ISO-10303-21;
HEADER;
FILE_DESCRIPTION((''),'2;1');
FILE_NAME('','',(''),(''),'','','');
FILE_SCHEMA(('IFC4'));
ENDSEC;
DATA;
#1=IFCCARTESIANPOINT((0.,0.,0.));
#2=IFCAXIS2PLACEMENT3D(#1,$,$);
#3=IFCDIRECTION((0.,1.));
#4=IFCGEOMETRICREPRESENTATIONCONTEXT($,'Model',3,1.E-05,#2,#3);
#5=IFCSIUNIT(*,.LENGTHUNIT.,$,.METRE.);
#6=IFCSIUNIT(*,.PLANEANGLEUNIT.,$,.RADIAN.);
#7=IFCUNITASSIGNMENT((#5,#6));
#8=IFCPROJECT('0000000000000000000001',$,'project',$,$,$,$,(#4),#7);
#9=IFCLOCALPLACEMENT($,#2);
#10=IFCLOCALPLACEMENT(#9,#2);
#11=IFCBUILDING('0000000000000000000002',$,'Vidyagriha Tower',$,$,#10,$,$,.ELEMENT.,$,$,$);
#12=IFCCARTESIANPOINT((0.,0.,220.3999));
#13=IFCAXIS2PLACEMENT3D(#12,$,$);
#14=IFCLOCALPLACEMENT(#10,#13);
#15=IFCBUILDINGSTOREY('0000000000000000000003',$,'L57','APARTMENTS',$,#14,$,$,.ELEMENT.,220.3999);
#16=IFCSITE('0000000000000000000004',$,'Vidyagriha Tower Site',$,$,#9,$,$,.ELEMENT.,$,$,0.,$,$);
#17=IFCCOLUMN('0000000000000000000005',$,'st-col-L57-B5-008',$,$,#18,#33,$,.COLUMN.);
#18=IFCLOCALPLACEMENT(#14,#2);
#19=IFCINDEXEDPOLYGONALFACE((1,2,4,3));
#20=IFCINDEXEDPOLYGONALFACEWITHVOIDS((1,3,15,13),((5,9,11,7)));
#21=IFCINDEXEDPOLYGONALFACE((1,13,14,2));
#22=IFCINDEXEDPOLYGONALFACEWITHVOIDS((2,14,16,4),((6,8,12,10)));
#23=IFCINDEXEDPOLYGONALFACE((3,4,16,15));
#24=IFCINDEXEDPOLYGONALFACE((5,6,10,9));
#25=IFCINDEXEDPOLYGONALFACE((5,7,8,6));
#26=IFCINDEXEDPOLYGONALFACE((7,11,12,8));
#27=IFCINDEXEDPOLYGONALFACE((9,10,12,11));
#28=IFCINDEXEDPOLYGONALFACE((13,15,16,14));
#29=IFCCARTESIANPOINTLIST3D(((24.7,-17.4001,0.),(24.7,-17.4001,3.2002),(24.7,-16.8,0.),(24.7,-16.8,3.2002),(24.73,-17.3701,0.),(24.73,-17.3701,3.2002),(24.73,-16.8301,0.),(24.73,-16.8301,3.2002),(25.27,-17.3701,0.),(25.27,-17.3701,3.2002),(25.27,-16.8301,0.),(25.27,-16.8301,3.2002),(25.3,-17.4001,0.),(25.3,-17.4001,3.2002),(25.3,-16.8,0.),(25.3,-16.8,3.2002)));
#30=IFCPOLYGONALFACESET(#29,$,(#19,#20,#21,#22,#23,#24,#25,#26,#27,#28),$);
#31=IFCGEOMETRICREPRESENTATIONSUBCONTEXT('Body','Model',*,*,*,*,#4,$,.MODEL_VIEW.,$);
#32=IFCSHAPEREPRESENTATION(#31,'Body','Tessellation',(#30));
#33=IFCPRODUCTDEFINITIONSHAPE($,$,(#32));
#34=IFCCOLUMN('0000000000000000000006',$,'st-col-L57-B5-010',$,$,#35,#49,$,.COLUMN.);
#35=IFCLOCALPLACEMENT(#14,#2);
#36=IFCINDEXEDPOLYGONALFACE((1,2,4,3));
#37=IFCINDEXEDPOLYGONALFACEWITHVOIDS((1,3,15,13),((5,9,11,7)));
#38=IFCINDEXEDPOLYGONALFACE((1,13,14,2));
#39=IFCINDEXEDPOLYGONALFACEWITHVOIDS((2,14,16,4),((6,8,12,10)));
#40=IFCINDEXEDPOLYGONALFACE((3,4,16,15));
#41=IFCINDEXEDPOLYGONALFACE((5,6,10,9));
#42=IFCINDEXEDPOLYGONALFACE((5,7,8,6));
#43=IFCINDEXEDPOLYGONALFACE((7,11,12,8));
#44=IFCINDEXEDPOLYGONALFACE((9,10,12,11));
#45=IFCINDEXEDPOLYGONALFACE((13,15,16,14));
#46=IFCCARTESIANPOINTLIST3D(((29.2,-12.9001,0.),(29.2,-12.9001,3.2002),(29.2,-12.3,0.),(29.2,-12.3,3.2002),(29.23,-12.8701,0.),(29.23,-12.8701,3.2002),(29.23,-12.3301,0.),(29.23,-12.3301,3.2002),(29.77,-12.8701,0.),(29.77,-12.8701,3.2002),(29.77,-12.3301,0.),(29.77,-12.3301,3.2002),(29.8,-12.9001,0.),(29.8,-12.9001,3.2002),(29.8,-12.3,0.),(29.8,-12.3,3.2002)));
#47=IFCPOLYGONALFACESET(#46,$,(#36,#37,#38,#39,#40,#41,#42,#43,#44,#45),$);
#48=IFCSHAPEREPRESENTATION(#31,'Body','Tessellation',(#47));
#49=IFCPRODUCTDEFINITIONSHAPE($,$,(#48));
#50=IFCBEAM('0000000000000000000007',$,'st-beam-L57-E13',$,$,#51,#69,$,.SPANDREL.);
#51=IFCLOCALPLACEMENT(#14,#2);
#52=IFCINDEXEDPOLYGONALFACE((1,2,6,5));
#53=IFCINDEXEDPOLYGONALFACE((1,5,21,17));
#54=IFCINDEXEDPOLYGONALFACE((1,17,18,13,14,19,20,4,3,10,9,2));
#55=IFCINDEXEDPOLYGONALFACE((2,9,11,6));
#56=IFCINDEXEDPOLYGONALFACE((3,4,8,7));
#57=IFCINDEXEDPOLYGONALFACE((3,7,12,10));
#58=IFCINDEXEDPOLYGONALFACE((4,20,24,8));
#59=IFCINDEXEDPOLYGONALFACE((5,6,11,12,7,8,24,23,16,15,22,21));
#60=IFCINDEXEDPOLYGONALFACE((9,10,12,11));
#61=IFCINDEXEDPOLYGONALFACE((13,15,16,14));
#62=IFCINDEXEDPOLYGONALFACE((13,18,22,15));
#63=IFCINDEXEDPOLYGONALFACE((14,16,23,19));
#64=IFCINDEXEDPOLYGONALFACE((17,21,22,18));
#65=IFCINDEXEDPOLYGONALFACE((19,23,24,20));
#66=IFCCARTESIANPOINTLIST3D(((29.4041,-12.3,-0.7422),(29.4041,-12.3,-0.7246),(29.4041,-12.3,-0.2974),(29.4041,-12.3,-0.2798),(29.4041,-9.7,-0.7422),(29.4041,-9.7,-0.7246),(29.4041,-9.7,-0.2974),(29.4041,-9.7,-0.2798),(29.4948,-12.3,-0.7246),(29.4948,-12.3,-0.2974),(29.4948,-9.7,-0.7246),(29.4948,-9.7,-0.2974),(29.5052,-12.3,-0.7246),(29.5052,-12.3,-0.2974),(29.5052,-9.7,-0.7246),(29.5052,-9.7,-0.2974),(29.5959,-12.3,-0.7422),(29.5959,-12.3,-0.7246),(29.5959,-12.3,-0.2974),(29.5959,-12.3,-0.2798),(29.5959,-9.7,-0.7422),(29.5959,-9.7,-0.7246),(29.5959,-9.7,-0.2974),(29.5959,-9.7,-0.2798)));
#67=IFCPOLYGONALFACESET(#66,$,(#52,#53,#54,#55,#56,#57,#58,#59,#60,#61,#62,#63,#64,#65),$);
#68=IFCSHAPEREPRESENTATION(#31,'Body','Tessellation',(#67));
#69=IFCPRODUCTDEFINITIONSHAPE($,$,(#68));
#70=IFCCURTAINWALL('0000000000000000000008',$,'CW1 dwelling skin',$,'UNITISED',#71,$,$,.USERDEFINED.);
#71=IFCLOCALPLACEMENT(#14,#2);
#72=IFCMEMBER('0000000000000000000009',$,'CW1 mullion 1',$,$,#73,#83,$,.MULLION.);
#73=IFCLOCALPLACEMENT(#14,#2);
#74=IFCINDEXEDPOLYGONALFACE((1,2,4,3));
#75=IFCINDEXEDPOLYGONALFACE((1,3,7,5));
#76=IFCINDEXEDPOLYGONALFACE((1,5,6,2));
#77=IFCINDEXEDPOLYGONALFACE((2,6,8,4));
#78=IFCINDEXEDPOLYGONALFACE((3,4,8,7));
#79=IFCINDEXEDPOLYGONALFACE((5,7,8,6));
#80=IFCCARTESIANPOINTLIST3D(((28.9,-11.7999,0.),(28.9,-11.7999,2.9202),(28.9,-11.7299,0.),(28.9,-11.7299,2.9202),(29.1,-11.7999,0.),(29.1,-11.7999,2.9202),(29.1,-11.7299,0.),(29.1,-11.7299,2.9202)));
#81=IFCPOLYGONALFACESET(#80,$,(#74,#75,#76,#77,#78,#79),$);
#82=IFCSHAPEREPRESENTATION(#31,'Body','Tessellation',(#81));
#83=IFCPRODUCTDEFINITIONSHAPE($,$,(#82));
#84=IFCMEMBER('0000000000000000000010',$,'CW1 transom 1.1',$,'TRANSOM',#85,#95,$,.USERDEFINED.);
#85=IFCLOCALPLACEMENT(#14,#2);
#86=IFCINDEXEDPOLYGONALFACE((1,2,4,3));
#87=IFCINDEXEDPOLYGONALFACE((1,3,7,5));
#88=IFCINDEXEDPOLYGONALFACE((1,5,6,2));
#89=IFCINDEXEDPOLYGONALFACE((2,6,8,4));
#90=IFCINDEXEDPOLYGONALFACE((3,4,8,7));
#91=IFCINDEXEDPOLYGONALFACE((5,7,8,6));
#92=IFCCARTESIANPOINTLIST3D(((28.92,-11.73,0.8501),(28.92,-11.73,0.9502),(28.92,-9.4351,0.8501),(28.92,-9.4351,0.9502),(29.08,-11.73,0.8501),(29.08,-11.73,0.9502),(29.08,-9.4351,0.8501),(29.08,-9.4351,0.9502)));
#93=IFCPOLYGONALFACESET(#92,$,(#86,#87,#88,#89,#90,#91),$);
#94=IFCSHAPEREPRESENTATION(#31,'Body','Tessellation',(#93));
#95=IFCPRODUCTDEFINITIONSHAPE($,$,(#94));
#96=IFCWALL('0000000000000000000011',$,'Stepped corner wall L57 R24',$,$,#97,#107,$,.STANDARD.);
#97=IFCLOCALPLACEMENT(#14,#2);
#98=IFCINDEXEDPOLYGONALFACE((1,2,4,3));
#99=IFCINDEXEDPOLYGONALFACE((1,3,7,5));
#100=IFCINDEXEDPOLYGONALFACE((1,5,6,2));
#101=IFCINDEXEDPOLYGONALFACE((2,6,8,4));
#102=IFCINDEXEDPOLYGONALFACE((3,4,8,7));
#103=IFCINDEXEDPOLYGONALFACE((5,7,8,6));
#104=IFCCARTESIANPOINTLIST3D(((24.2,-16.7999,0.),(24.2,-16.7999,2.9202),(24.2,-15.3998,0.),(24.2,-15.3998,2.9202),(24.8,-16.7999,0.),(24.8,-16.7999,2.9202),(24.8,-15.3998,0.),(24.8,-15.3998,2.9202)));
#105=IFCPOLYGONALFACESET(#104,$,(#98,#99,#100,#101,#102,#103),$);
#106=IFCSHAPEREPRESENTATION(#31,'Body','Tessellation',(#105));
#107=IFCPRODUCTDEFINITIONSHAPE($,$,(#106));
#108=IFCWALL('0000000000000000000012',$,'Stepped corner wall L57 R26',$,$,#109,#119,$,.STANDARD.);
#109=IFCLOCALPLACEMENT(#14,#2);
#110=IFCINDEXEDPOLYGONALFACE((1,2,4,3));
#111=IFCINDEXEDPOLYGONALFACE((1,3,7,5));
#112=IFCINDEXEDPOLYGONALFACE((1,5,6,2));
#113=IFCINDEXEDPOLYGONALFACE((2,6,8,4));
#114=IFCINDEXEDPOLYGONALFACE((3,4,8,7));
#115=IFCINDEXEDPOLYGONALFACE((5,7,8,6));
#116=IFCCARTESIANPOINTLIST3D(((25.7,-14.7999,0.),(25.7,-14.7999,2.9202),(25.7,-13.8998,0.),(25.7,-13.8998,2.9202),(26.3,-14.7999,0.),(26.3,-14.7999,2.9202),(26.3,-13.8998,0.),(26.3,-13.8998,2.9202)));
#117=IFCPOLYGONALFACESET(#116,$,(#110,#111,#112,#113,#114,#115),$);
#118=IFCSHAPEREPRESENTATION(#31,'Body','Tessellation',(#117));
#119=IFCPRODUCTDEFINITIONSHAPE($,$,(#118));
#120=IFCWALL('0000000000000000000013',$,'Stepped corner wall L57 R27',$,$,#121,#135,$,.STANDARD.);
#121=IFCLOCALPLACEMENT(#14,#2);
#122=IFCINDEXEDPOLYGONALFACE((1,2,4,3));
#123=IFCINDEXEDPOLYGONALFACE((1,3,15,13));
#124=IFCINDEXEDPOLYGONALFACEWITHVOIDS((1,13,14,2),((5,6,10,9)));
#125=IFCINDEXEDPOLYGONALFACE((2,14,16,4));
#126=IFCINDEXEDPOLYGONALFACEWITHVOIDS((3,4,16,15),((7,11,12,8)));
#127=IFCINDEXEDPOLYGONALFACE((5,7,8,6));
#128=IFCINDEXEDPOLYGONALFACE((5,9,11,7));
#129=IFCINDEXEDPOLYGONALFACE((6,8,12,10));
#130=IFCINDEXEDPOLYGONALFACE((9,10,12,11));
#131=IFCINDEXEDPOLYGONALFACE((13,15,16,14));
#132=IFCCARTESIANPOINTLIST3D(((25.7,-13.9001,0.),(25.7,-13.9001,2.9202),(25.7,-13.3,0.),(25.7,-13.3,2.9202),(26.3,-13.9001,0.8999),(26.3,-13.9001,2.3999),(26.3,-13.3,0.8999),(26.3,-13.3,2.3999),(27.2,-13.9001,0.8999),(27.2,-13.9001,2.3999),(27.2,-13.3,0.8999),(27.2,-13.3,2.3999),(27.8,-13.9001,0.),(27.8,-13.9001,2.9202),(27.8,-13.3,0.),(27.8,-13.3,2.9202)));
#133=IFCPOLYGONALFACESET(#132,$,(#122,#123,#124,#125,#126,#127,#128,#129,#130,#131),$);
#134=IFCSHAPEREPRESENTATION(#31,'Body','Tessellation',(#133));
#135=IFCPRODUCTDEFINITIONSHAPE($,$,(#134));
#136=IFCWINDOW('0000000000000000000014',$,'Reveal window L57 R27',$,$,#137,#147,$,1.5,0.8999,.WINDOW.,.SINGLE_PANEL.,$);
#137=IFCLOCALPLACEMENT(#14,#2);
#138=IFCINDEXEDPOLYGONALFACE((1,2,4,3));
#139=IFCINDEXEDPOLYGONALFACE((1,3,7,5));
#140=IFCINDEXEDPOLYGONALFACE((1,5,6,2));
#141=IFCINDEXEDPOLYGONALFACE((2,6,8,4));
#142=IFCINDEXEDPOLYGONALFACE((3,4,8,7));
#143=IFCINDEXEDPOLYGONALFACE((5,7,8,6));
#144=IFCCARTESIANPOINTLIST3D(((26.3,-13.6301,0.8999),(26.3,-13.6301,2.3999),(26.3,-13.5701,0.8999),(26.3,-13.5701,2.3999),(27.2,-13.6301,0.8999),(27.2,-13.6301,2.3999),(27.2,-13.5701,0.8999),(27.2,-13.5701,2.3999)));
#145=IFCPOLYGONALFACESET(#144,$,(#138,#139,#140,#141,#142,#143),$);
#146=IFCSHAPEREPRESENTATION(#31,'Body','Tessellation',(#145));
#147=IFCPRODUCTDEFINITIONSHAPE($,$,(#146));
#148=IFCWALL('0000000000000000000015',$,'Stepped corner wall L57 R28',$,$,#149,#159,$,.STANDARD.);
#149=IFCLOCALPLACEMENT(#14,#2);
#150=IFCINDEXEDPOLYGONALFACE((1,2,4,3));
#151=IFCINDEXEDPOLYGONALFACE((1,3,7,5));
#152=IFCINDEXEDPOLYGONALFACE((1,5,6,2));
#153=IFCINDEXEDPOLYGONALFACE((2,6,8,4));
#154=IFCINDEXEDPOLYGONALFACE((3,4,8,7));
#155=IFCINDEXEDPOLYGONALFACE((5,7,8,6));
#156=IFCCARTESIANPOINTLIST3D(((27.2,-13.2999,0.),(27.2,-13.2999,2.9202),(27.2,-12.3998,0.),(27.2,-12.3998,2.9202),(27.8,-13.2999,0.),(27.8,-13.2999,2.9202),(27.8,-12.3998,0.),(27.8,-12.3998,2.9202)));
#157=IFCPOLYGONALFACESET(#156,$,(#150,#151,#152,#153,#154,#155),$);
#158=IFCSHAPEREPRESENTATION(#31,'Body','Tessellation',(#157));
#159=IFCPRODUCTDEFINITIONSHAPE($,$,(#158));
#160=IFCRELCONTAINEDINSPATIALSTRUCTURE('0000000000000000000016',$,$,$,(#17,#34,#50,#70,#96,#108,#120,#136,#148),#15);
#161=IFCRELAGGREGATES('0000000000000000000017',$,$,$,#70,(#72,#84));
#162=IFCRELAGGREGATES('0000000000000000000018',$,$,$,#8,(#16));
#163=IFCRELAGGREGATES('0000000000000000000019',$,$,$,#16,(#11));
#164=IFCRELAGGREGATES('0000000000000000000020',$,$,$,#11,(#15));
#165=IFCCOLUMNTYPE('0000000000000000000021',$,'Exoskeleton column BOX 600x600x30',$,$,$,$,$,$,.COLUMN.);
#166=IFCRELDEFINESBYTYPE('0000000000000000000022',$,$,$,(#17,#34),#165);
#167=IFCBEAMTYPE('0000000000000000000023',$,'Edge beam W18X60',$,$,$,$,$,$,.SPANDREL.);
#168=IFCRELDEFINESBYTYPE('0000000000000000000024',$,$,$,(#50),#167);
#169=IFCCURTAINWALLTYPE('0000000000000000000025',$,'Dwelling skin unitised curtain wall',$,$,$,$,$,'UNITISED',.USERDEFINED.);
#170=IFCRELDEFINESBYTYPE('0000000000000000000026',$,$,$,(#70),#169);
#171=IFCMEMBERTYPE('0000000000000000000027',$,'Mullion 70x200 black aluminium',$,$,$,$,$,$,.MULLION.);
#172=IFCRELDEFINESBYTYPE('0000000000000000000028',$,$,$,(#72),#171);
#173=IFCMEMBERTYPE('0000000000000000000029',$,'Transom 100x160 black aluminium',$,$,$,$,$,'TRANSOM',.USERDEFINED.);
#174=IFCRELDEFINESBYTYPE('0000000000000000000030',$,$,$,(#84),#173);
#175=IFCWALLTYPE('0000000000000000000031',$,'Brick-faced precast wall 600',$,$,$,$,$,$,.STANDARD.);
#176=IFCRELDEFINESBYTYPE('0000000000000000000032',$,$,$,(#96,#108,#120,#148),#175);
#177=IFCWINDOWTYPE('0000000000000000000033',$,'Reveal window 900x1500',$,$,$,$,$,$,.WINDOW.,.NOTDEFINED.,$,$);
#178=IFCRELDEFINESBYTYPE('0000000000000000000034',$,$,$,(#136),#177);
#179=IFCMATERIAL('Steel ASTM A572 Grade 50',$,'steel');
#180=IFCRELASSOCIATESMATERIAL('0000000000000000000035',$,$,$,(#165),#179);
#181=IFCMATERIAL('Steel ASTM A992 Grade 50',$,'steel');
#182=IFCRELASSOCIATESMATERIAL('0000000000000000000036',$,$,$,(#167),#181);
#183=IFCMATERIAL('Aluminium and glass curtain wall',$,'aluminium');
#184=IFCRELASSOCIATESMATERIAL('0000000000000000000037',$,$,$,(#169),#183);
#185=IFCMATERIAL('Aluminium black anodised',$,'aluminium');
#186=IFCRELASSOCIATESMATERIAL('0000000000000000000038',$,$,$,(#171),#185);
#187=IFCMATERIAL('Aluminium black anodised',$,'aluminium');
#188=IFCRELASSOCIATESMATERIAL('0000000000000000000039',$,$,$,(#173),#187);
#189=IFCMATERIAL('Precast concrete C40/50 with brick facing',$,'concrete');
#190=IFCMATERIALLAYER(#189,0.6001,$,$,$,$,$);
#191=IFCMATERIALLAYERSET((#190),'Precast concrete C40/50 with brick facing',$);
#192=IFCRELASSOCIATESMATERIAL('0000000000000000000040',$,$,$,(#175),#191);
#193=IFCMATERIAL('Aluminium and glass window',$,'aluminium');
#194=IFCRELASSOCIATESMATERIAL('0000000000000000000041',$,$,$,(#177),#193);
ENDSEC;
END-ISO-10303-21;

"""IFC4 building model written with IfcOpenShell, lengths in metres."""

from ifc_helpers import new_model, si_unit, direction, frame, frame_2d, origin, origin_2d, place, context, subcontext, project, spatial, rectangle, hollow_rectangle, i_section, extrude, material, layer, layer_set, material_profile, profile_set, type_object, element, fill, aggregate, save


model = new_model("IFC4")

# Units and contexts
model_context = context("Model", 3, precision=1e-05, world=origin(), true_north=direction((0.0, 1.0)))
body_context = subcontext(model_context, "Body", "Model", "MODEL_VIEW")
ifc_project = project(units=[si_unit("LENGTHUNIT", "METRE"), si_unit("PLANEANGLEUNIT", "RADIAN")], contexts=[model_context])

# Site, building, storey
site_placement = place(None, origin())
site = spatial("IfcSite", under=ifc_project, at=site_placement, Name="Vidyagriha Tower Site", CompositionType="ELEMENT", RefElevation=0.0)
building_placement = place(site_placement, origin())
building = spatial("IfcBuilding", under=site, at=building_placement, Name="Vidyagriha Tower", CompositionType="ELEMENT")
storey_placement = place(building_placement, frame((0.0, 0.0, 220.3999)))
storey = spatial("IfcBuildingStorey", under=building, at=storey_placement, Name="L57", Description="APARTMENTS", CompositionType="ELEMENT", Elevation=220.3999)

# Columns
ifc_material_1 = material(Name="Steel ASTM A572 Grade 50", Category="steel")
ifc_material_profile_1 = material_profile(ifc_material_1, hollow_rectangle(XDim=0.6001, YDim=0.6001, WallThickness=0.03, at=origin_2d()), Name="BOX 600x600x30")
ifc_profile_set_1 = profile_set([ifc_material_profile_1], Name="Steel ASTM A572 Grade 50")
column_type = type_object("IfcColumnType", Name="Exoskeleton column BOX 600x600x30", PredefinedType="COLUMN", material=ifc_profile_set_1)
for number, where, name in (
    (1, (25.0, -17.1001, 0.0), "st-col-L57-B5-008"),
    (2, (29.5, -12.6001, 0.0), "st-col-L57-B5-010"),
):
    element("IfcColumn", number, at=place(storey_placement, frame(where)), inside=storey, type_object=column_type, Name=name, PredefinedType="COLUMN", context=body_context, shape_type="SweptSolid", body=[
        extrude(hollow_rectangle(XDim=0.6001, YDim=0.6001, WallThickness=0.03, at=origin_2d()), origin(), (0.0, 0.0, 1.0), 3.2002),
    ])

# Beam
ifc_material_2 = material(Name="Steel ASTM A992 Grade 50", Category="steel")
ifc_material_profile_2 = material_profile(ifc_material_2, i_section(OverallWidth=0.1919, OverallDepth=0.4624, WebThickness=0.0105, FlangeThickness=0.0176, at=origin_2d()), Name="W18X60")
ifc_profile_set_2 = profile_set([ifc_material_profile_2], Name="Steel ASTM A992 Grade 50")
beam_type = type_object("IfcBeamType", Name="Edge beam W18X60", PredefinedType="SPANDREL", material=ifc_profile_set_2)
beam_placement = place(storey_placement, frame((29.5, -12.3, -0.511), z_axis=(0.0, 1.0, 0.0), x_axis=(-1.0, 0.0, 0.0)))
element("IfcBeam", 3, at=beam_placement, inside=storey, type_object=beam_type, Name="st-beam-L57-E13", PredefinedType="SPANDREL", context=body_context, shape_type="SweptSolid", body=[
    extrude(i_section(OverallWidth=0.1919, OverallDepth=0.4624, WebThickness=0.0105, FlangeThickness=0.0176, at=origin_2d()), origin(), (0.0, 0.0, 1.0), 2.6001),
])

# Curtain wall, members
ifc_material_3 = material(Name="Aluminium and glass curtain wall", Category="aluminium")
curtain_wall_type = type_object("IfcCurtainWallType", Name="Dwelling skin unitised curtain wall", ElementType="UNITISED", PredefinedType="USERDEFINED", material=ifc_material_3)
curtain_wall_placement = place(storey_placement, origin())
curtain_wall = element("IfcCurtainWall", 4, at=curtain_wall_placement, inside=storey, type_object=curtain_wall_type, Name="CW1 dwelling skin", ObjectType="UNITISED", PredefinedType="USERDEFINED")
ifc_material_4 = material(Name="Aluminium black anodised", Category="aluminium")
ifc_material_profile_3 = material_profile(ifc_material_4, rectangle(XDim=0.2, YDim=0.0701, at=origin_2d()), Name="Mullion 70x200 black aluminium")
ifc_profile_set_3 = profile_set([ifc_material_profile_3], Name="Aluminium black anodised")
member_type_1 = type_object("IfcMemberType", Name="Mullion 70x200 black aluminium", PredefinedType="MULLION", material=ifc_profile_set_3)
member_1_placement = place(storey_placement, frame((29.0, -11.7649, 0.0), z_axis=(0.0, 0.0, 1.0), x_axis=(-1.0, 0.0, 0.0)))
member_1 = element("IfcMember", 5, at=member_1_placement, type_object=member_type_1, Name="CW1 mullion 1", PredefinedType="MULLION", context=body_context, shape_type="SweptSolid", body=[
    extrude(rectangle(XDim=0.2, YDim=0.0701, at=origin_2d()), origin(), (0.0, 0.0, 1.0), 2.9202),
])
ifc_material_5 = material(Name="Aluminium black anodised", Category="aluminium")
ifc_material_profile_4 = material_profile(ifc_material_5, rectangle(XDim=0.1599, YDim=0.1001, at=origin_2d()), Name="Transom 100x160 black aluminium")
ifc_profile_set_4 = profile_set([ifc_material_profile_4], Name="Aluminium black anodised")
member_type_2 = type_object("IfcMemberType", Name="Transom 100x160 black aluminium", ElementType="TRANSOM", PredefinedType="USERDEFINED", material=ifc_profile_set_4)
member_2_placement = place(storey_placement, frame((29.0, -11.73, 0.9001), z_axis=(0.0, 1.0, 0.0), x_axis=(-1.0, 0.0, 0.0)))
member_2 = element("IfcMember", 6, at=member_2_placement, type_object=member_type_2, Name="CW1 transom 1.1", ObjectType="TRANSOM", PredefinedType="USERDEFINED", context=body_context, shape_type="SweptSolid", body=[
    extrude(rectangle(XDim=0.1599, YDim=0.1001, at=origin_2d()), origin(), (0.0, 0.0, 1.0), 2.2949),
])
aggregate(curtain_wall, [member_1, member_2])

# Walls
ifc_material_6 = material(Name="Precast concrete C40/50 with brick facing", Category="concrete")
ifc_layer_1 = layer(ifc_material_6, 0.6001)
ifc_layer_set_1 = layer_set([ifc_layer_1], Name="Precast concrete C40/50 with brick facing")
wall_type_1 = type_object("IfcWallType", Name="Brick-faced precast wall 600", PredefinedType="STANDARD", material=ifc_layer_set_1)
wall_1_placement = place(storey_placement, frame((24.5, -16.8, 0.0), z_axis=(0.0, 0.0, 1.0), x_axis=(0.0, 1.0, 0.0)))
element("IfcWall", 7, at=wall_1_placement, inside=storey, type_object=wall_type_1, Name="Stepped corner wall L57 R24", PredefinedType="STANDARD", context=body_context, shape_type="SweptSolid", body=[
    extrude(rectangle(XDim=1.4001, YDim=0.6001, at=frame_2d((0.7002, 0.0))), origin(), (0.0, 0.0, 1.0), 2.9202),
])
wall_2_placement = place(storey_placement, frame((26.0, -14.8, 0.0), z_axis=(0.0, 0.0, 1.0), x_axis=(0.0, 1.0, 0.0)))
element("IfcWall", 8, at=wall_2_placement, inside=storey, type_object=wall_type_1, Name="Stepped corner wall L57 R26", PredefinedType="STANDARD", context=body_context, shape_type="SweptSolid", body=[
    extrude(rectangle(XDim=0.9001, YDim=0.6001, at=frame_2d((0.4502, 0.0))), origin(), (0.0, 0.0, 1.0), 2.9202),
])

# Wall, opening, window
wall_3_placement = place(storey_placement, frame((25.7, -13.6001, 0.0)))
wall_3 = element("IfcWall", 9, at=wall_3_placement, inside=storey, type_object=wall_type_1, Name="Stepped corner wall L57 R27", PredefinedType="STANDARD", context=body_context, shape_type="SweptSolid", body=[
    extrude(rectangle(XDim=2.1001, YDim=0.6001, at=frame_2d((1.05, 0.0))), origin(), (0.0, 0.0, 1.0), 2.9202),
])
opening_1_placement = place(wall_3_placement, frame((0.6001, 0.0, 0.8999)))
opening_1 = element("IfcOpeningElement", 10, at=opening_1_placement, cuts=wall_3, PredefinedType="OPENING", context=body_context, shape_type="SweptSolid", body=[
    extrude(rectangle(XDim=0.8999, YDim=1.5, at=frame_2d((0.45, 0.75))), frame((0.0, 0.3101, 0.0), z_axis=(0.0, -1.0, 0.0), x_axis=(1.0, 0.0, 0.0)), (0.0, 0.0, 1.0), 0.6201),
])
ifc_material_7 = material(Name="Aluminium and glass window", Category="aluminium")
window_type = type_object("IfcWindowType", Name="Reveal window 900x1500", PartitioningType="NOTDEFINED", PredefinedType="WINDOW", material=ifc_material_7)
window_1_placement = place(opening_1_placement, origin())
window_1 = element("IfcWindow", 11, at=window_1_placement, inside=storey, type_object=window_type, Name="Reveal window L57 R27", OverallHeight=1.5, OverallWidth=0.8999, PartitioningType="SINGLE_PANEL", PredefinedType="WINDOW", context=body_context, shape_type="SweptSolid", body=[
    extrude(rectangle(XDim=0.8999, YDim=1.5, at=frame_2d((0.45, 0.75))), frame((0.0, 0.03, 0.0), z_axis=(0.0, -1.0, 0.0), x_axis=(1.0, 0.0, 0.0)), (0.0, 0.0, 1.0), 0.0601),
])
fill(opening_1, window_1)

# Wall
wall_4_placement = place(storey_placement, frame((27.5, -13.3, 0.0), z_axis=(0.0, 0.0, 1.0), x_axis=(0.0, 1.0, 0.0)))
element("IfcWall", 12, at=wall_4_placement, inside=storey, type_object=wall_type_1, Name="Stepped corner wall L57 R28", PredefinedType="STANDARD", context=body_context, shape_type="SweptSolid", body=[
    extrude(rectangle(XDim=0.9001, YDim=0.6001, at=frame_2d((0.4502, 0.0))), origin(), (0.0, 0.0, 1.0), 2.9202),
])

save(model, "model.ifc")
